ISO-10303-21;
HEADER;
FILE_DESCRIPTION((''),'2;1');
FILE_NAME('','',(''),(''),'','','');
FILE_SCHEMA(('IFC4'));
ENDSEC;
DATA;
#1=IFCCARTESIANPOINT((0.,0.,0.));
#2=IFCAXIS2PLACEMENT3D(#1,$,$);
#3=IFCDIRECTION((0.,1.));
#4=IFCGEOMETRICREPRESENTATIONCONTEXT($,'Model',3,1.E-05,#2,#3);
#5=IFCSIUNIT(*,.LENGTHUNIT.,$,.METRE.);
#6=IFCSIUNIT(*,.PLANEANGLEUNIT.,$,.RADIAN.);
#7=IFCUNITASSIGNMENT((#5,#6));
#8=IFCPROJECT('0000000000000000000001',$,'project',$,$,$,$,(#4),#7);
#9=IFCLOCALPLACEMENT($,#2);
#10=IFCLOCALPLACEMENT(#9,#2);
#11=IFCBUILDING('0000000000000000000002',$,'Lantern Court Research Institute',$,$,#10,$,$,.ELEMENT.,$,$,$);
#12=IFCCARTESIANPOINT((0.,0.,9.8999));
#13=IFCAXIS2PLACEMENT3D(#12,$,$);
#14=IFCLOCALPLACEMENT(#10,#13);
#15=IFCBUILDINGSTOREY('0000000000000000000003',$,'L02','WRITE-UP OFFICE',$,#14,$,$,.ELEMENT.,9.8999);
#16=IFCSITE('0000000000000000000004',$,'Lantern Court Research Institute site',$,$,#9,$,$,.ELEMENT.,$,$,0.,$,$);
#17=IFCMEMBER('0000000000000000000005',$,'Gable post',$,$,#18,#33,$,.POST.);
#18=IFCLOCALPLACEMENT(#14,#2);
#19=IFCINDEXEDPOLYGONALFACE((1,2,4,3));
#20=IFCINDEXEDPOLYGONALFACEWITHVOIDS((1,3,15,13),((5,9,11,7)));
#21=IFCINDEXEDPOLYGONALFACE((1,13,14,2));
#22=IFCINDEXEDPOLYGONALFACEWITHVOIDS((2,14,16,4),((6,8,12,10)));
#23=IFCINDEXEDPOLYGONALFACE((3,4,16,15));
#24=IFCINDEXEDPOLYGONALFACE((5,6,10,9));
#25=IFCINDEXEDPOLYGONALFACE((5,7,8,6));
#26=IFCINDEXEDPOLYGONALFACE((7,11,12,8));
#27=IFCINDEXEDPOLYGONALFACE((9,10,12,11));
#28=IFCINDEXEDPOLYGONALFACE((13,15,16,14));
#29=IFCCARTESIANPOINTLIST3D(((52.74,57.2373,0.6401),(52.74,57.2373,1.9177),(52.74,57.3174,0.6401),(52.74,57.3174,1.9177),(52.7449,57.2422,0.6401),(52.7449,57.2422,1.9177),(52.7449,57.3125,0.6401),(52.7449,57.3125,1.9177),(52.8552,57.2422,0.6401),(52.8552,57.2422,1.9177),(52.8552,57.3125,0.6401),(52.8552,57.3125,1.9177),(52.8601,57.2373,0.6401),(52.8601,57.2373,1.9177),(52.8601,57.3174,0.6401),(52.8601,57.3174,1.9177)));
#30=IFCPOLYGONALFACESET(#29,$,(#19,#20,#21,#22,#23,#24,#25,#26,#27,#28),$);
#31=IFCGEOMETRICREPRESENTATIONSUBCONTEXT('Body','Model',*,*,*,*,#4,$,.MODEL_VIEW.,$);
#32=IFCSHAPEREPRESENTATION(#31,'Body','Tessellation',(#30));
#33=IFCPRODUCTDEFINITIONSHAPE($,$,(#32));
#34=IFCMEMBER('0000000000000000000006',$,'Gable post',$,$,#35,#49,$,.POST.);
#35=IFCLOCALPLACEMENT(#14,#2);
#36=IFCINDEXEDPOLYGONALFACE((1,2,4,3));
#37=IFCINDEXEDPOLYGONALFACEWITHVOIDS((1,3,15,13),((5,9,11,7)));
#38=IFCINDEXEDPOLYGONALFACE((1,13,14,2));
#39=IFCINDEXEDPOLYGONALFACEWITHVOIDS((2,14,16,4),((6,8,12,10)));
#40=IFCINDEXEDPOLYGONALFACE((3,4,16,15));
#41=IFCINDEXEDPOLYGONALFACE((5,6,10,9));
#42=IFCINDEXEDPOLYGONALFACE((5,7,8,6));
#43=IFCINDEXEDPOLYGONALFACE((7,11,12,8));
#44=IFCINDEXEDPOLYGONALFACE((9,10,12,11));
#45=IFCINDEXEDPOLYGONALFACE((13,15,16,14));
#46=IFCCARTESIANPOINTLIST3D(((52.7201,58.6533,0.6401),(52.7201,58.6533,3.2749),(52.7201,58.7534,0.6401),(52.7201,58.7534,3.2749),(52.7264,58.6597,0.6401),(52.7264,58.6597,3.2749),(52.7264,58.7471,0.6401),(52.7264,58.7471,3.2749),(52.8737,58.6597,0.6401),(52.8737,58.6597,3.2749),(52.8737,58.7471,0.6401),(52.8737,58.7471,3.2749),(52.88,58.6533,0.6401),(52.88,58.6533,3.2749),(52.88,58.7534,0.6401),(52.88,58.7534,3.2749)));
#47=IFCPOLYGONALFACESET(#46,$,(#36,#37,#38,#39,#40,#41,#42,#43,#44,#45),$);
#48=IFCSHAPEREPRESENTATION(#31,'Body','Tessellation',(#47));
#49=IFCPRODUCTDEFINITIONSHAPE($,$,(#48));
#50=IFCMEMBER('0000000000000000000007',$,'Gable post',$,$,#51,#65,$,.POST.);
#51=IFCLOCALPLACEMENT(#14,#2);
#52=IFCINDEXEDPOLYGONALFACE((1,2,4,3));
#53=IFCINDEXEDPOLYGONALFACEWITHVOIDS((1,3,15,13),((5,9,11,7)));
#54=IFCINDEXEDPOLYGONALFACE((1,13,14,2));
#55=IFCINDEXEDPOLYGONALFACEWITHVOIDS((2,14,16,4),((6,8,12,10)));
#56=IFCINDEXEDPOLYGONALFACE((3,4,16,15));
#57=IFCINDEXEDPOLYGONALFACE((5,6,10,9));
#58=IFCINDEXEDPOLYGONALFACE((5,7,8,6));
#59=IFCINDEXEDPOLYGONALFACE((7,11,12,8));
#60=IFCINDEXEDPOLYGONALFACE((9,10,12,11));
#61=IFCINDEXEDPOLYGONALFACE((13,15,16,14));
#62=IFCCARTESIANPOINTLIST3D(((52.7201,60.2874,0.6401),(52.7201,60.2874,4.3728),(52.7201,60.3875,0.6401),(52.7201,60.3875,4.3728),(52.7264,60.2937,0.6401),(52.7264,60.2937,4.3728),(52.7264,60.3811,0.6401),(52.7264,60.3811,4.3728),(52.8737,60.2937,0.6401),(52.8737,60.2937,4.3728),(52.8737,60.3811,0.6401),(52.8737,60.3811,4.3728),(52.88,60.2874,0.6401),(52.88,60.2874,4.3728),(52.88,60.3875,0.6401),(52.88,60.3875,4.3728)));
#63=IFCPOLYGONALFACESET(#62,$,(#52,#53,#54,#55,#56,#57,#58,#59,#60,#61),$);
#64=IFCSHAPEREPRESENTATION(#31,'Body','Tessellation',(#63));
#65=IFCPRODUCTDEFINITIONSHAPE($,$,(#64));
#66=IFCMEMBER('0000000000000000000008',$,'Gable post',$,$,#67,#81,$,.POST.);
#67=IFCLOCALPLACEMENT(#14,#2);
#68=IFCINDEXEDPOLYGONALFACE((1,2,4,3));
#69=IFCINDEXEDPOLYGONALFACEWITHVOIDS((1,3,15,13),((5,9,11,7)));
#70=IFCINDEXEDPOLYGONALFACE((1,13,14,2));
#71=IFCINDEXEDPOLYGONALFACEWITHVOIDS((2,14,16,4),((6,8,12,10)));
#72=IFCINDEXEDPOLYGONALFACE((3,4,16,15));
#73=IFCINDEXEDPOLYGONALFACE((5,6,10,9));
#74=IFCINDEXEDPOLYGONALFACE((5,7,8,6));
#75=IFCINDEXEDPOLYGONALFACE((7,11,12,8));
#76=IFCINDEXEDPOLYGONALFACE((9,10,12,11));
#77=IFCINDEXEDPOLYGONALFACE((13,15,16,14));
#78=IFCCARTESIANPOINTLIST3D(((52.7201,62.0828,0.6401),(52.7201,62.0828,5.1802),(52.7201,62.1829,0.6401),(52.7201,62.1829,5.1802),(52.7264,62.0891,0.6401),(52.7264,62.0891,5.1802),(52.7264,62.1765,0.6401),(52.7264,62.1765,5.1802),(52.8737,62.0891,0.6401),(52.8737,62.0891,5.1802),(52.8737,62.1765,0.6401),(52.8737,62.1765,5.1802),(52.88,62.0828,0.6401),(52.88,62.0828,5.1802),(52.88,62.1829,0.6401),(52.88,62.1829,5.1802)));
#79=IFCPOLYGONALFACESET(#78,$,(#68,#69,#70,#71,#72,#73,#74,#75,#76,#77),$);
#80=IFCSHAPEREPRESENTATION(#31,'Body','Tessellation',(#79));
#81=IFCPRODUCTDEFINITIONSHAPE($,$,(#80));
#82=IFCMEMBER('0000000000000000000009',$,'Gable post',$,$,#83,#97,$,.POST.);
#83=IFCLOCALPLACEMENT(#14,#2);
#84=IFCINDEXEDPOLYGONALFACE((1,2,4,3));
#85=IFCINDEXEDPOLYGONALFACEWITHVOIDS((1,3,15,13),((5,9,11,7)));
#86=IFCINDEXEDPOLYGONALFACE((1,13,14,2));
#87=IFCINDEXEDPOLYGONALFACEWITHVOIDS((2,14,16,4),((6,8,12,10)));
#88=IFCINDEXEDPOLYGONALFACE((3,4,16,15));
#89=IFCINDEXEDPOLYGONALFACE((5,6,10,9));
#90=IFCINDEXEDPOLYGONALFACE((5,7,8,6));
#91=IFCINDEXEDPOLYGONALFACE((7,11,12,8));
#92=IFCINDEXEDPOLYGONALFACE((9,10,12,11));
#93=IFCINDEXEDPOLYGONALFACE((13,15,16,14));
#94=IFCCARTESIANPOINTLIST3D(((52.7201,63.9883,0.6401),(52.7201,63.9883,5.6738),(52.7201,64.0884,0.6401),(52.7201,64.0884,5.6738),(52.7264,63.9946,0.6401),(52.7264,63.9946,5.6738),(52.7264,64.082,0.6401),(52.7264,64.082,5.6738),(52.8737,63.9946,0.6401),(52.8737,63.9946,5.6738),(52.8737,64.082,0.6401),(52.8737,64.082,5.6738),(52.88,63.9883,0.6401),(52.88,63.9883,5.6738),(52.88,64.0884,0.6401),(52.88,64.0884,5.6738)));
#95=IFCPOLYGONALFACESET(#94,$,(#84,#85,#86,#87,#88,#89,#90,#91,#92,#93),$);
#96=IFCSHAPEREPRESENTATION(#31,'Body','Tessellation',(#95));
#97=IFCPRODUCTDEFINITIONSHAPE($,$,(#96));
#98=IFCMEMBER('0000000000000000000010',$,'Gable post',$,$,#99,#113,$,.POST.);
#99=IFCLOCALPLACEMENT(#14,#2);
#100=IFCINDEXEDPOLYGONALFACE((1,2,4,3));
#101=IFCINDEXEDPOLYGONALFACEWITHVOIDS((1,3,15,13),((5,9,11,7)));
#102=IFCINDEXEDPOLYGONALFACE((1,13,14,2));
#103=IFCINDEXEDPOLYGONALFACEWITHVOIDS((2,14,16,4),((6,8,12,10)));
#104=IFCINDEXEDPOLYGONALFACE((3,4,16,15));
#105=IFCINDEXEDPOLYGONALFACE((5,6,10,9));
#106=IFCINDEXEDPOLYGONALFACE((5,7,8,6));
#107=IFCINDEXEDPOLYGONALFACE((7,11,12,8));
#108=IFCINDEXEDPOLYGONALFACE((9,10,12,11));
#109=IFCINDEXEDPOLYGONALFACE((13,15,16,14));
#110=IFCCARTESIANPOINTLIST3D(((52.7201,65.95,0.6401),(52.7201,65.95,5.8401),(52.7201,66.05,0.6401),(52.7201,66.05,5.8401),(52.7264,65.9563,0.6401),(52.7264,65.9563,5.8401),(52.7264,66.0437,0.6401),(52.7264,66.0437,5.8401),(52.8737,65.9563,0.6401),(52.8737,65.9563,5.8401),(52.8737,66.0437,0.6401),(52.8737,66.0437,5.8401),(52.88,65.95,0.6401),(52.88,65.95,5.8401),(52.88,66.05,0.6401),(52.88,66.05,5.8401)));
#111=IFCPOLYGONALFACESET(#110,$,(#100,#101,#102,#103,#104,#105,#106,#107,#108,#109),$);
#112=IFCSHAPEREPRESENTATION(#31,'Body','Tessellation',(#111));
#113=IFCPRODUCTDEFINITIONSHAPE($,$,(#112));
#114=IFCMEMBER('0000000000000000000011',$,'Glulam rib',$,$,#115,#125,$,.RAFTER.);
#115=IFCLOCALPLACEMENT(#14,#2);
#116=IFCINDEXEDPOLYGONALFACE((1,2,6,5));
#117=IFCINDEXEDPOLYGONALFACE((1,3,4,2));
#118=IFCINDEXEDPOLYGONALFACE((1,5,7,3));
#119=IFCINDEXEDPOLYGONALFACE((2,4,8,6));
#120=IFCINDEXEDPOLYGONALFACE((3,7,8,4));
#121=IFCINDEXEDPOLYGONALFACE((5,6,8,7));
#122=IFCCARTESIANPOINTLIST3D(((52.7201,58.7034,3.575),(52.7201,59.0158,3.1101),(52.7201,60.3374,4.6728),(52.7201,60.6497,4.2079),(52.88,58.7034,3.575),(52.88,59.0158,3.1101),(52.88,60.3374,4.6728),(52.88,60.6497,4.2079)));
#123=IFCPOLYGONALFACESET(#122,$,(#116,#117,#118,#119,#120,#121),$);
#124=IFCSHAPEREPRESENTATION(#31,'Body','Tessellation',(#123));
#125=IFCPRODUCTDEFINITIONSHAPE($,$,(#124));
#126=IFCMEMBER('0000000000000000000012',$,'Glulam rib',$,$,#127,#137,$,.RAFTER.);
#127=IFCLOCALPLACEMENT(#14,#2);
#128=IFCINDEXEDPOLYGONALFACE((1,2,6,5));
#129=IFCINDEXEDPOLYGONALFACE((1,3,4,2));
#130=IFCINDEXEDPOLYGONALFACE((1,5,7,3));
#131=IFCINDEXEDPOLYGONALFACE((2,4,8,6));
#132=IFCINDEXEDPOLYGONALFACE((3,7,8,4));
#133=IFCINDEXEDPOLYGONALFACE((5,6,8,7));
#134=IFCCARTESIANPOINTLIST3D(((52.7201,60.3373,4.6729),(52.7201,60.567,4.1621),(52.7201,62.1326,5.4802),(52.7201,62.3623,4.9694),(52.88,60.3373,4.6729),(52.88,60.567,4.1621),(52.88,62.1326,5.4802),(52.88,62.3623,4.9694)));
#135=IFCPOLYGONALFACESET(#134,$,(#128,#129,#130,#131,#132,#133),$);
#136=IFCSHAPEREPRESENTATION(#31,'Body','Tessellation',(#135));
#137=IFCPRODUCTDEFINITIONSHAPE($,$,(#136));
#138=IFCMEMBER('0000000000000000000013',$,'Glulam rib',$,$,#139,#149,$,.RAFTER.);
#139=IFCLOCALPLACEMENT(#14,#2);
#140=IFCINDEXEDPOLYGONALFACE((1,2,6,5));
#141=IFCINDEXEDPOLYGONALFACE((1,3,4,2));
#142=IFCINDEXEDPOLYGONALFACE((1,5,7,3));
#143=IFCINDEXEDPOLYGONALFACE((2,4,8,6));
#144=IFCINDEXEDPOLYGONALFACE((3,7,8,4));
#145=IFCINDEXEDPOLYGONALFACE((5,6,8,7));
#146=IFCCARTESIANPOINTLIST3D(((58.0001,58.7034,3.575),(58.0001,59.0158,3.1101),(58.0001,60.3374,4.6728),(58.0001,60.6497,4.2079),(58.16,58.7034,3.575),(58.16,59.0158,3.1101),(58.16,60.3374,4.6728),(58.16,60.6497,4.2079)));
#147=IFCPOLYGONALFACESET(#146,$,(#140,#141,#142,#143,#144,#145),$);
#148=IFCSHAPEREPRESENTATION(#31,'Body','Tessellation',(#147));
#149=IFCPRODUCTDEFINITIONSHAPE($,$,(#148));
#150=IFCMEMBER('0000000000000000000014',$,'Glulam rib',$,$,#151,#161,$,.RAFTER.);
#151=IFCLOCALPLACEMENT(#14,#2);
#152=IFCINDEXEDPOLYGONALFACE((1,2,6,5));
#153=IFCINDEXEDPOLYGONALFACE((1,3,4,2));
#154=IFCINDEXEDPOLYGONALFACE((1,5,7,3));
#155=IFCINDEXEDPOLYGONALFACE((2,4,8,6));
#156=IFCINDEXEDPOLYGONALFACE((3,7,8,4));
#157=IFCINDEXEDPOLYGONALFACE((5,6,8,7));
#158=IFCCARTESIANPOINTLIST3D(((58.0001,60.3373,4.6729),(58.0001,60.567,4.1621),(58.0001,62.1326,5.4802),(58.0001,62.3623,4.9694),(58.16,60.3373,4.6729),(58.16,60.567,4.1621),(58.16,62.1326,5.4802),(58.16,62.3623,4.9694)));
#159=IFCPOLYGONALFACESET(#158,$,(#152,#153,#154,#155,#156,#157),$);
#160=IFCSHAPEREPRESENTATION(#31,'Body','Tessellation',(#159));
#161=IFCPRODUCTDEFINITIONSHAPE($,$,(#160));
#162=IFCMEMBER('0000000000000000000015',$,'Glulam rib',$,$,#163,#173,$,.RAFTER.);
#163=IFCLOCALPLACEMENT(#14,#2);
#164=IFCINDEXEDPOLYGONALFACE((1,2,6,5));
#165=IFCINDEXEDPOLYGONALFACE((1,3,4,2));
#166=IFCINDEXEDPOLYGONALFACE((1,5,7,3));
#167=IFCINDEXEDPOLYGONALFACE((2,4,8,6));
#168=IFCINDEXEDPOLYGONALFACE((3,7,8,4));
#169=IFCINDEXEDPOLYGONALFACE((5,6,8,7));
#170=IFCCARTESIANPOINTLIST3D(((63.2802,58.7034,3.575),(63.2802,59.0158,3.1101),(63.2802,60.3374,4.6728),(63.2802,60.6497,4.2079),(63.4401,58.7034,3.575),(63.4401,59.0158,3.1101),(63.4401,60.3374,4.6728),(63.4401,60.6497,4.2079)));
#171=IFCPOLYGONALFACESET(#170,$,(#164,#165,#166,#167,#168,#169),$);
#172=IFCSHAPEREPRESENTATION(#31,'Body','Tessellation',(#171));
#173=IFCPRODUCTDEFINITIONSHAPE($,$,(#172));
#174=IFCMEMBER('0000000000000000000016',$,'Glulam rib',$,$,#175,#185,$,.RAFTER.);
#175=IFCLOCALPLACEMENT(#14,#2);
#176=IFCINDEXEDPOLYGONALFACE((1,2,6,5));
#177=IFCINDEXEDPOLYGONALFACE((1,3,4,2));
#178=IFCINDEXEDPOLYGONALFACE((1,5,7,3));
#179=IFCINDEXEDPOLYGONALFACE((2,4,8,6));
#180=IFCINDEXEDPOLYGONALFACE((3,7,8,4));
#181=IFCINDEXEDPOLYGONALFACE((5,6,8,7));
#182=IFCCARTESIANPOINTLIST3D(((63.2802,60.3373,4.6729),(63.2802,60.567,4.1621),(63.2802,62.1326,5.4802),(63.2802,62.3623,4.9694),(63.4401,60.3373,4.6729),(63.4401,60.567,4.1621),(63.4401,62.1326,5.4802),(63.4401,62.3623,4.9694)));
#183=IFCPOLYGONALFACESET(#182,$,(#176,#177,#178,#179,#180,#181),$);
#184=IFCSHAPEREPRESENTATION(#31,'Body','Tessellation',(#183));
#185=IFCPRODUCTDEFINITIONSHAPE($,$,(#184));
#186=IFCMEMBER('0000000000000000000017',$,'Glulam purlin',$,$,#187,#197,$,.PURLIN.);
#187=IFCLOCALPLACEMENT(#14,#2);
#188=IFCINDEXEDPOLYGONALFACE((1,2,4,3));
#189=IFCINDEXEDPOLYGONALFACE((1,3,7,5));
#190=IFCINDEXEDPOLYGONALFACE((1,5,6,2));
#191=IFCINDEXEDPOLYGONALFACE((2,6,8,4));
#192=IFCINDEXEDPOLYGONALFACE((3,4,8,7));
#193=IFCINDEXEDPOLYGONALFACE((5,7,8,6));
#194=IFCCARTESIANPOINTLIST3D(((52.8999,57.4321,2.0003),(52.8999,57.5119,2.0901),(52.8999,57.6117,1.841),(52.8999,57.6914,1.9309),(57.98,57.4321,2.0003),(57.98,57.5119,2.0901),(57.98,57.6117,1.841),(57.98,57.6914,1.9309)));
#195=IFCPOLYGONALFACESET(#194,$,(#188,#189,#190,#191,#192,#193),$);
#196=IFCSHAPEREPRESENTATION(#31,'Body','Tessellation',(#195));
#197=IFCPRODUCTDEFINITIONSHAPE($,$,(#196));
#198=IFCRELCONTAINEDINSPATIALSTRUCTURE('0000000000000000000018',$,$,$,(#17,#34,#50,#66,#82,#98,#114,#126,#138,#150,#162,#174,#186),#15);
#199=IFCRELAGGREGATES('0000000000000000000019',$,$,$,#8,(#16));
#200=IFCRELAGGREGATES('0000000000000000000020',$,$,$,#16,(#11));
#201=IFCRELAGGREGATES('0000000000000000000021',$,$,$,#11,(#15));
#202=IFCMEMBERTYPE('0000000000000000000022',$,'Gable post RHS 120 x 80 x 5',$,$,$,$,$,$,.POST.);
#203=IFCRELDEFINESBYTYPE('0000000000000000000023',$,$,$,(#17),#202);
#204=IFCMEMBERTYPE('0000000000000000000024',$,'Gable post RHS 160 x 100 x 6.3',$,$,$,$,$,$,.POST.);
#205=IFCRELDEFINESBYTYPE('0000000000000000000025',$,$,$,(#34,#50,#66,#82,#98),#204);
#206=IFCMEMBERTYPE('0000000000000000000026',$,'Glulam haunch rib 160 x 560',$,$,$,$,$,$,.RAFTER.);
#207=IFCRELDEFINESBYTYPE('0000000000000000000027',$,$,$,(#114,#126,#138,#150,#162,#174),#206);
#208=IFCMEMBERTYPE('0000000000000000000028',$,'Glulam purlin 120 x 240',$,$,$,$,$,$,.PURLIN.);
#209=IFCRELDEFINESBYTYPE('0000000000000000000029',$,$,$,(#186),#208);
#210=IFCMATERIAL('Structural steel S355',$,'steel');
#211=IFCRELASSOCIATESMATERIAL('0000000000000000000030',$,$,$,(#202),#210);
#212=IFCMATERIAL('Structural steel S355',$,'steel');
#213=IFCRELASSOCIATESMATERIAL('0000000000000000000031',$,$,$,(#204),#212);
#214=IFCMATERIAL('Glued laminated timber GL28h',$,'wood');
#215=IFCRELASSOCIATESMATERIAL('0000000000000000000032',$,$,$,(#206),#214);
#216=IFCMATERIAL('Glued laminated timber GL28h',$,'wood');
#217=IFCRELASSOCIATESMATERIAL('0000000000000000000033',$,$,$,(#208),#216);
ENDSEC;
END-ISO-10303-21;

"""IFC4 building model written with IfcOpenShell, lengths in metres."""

from ifc_helpers import new_model, si_unit, direction, frame, origin, origin_2d, place, context, subcontext, project, spatial, rectangle, hollow_rectangle, extrude, material, material_profile, profile_set, type_object, element, save


model = new_model("IFC4")

# Units and contexts
model_context = context("Model", 3, precision=1e-05, world=origin(), true_north=direction((0.0, 1.0)))
body_context = subcontext(model_context, "Body", "Model", "MODEL_VIEW")
ifc_project = project(units=[si_unit("LENGTHUNIT", "METRE"), si_unit("PLANEANGLEUNIT", "RADIAN")], contexts=[model_context])

# Site, building, storey
site_placement = place(None, origin())
site = spatial("IfcSite", under=ifc_project, at=site_placement, Name="Lantern Court Research Institute site", CompositionType="ELEMENT", RefElevation=0.0)
building_placement = place(site_placement, origin())
building = spatial("IfcBuilding", under=site, at=building_placement, Name="Lantern Court Research Institute", CompositionType="ELEMENT")
storey_placement = place(building_placement, frame((0.0, 0.0, 9.8999)))
storey = spatial("IfcBuildingStorey", under=building, at=storey_placement, Name="L02", Description="WRITE-UP OFFICE", CompositionType="ELEMENT", Elevation=9.8999)

# Members
ifc_material_1 = material(Name="Structural steel S355", Category="steel")
ifc_material_profile_1 = material_profile(ifc_material_1, hollow_rectangle(XDim=0.1201, YDim=0.0801, WallThickness=0.0049, at=origin_2d()), Name="Gable post RHS 120 x 80 x 5")
ifc_profile_set_1 = profile_set([ifc_material_profile_1], Name="Structural steel S355")
member_type_1 = type_object("IfcMemberType", Name="Gable post RHS 120 x 80 x 5", PredefinedType="POST", material=ifc_profile_set_1)
member_1_placement = place(storey_placement, frame((52.8, 57.2773, 0.6401), z_axis=(0.0, 0.0, 1.0), x_axis=(1.0, 0.0, 0.0)))
element("IfcMember", 1, at=member_1_placement, inside=storey, type_object=member_type_1, Name="Gable post", PredefinedType="POST", context=body_context, shape_type="SweptSolid", body=[
    extrude(hollow_rectangle(XDim=0.1201, YDim=0.0801, WallThickness=0.0049, at=origin_2d()), origin(), (0.0, 0.0, 1.0), 1.2776),
])
ifc_material_2 = material(Name="Structural steel S355", Category="steel")
ifc_material_profile_2 = material_profile(ifc_material_2, hollow_rectangle(XDim=0.1599, YDim=0.1001, WallThickness=0.0063, at=origin_2d()), Name="Gable post RHS 160 x 100 x 6.3")
ifc_profile_set_2 = profile_set([ifc_material_profile_2], Name="Structural steel S355")
member_type_2 = type_object("IfcMemberType", Name="Gable post RHS 160 x 100 x 6.3", PredefinedType="POST", material=ifc_profile_set_2)
member_2_placement = place(storey_placement, frame((52.8, 58.7034, 0.6401), z_axis=(0.0, 0.0, 1.0), x_axis=(1.0, 0.0, 0.0)))
element("IfcMember", 2, at=member_2_placement, inside=storey, type_object=member_type_2, Name="Gable post", PredefinedType="POST", context=body_context, shape_type="SweptSolid", body=[
    extrude(hollow_rectangle(XDim=0.1599, YDim=0.1001, WallThickness=0.0063, at=origin_2d()), origin(), (0.0, 0.0, 1.0), 2.6348),
])
member_3_placement = place(storey_placement, frame((52.8, 60.3374, 0.6401), z_axis=(0.0, 0.0, 1.0), x_axis=(1.0, 0.0, 0.0)))
element("IfcMember", 3, at=member_3_placement, inside=storey, type_object=member_type_2, Name="Gable post", PredefinedType="POST", context=body_context, shape_type="SweptSolid", body=[
    extrude(hollow_rectangle(XDim=0.1599, YDim=0.1001, WallThickness=0.0063, at=origin_2d()), origin(), (0.0, 0.0, 1.0), 3.7327),
])
member_4_placement = place(storey_placement, frame((52.8, 62.1328, 0.6401), z_axis=(0.0, 0.0, 1.0), x_axis=(1.0, 0.0, 0.0)))
element("IfcMember", 4, at=member_4_placement, inside=storey, type_object=member_type_2, Name="Gable post", PredefinedType="POST", context=body_context, shape_type="SweptSolid", body=[
    extrude(hollow_rectangle(XDim=0.1599, YDim=0.1001, WallThickness=0.0063, at=origin_2d()), origin(), (0.0, 0.0, 1.0), 4.54),
])
member_5_placement = place(storey_placement, frame((52.8, 64.0383, 0.6401), z_axis=(0.0, 0.0, 1.0), x_axis=(1.0, 0.0, 0.0)))
element("IfcMember", 5, at=member_5_placement, inside=storey, type_object=member_type_2, Name="Gable post", PredefinedType="POST", context=body_context, shape_type="SweptSolid", body=[
    extrude(hollow_rectangle(XDim=0.1599, YDim=0.1001, WallThickness=0.0063, at=origin_2d()), origin(), (0.0, 0.0, 1.0), 5.0337),
])
member_6_placement = place(storey_placement, frame((52.8, 66.0, 0.6401), z_axis=(0.0, 0.0, 1.0), x_axis=(1.0, 0.0, 0.0)))
element("IfcMember", 6, at=member_6_placement, inside=storey, type_object=member_type_2, Name="Gable post", PredefinedType="POST", context=body_context, shape_type="SweptSolid", body=[
    extrude(hollow_rectangle(XDim=0.1599, YDim=0.1001, WallThickness=0.0063, at=origin_2d()), origin(), (0.0, 0.0, 1.0), 5.2),
])
ifc_material_3 = material(Name="Glued laminated timber GL28h", Category="wood")
ifc_material_profile_3 = material_profile(ifc_material_3, rectangle(XDim=0.1599, YDim=0.5601, at=origin_2d()), Name="Glulam haunch rib 160 x 560")
ifc_profile_set_3 = profile_set([ifc_material_profile_3], Name="Glued laminated timber GL28h")
member_type_3 = type_object("IfcMemberType", Name="Glulam haunch rib 160 x 560", PredefinedType="RAFTER", material=ifc_profile_set_3)
for number, where, z_axis, x_axis, name in (
    (7, (52.8, 58.8596, 3.3425), (0.0, 0.830042, 0.557702), (-1.0, 0.0, 0.0), "Glulam rib"),
    (8, (52.8, 60.4521, 4.4175), (0.0, 0.912028, 0.410127), (-1.0, 0.0, 0.0), "Glulam rib"),
    (9, (58.0801, 58.8596, 3.3425), (0.0, 0.830042, 0.557702), (-1.0, 0.0, 0.0), "Glulam rib"),
    (10, (58.0801, 60.4521, 4.4175), (0.0, 0.912028, 0.410127), (-1.0, 0.0, 0.0), "Glulam rib"),
    (11, (63.3601, 58.8596, 3.3425), (0.0, 0.830042, 0.557702), (-1.0, 0.0, 0.0), "Glulam rib"),
    (12, (63.3601, 60.4521, 4.4175), (0.0, 0.912028, 0.410127), (-1.0, 0.0, 0.0), "Glulam rib"),
):
    element("IfcMember", number, at=place(storey_placement, frame(where, z_axis=z_axis, x_axis=x_axis)), inside=storey, type_object=member_type_3, Name=name, PredefinedType="RAFTER", context=body_context, shape_type="SweptSolid", body=[
        extrude(rectangle(XDim=0.1599, YDim=0.5601, at=origin_2d()), origin(), (0.0, 0.0, 1.0), 1.9685),
    ])
ifc_material_4 = material(Name="Glued laminated timber GL28h", Category="wood")
ifc_material_profile_4 = material_profile(ifc_material_4, rectangle(XDim=0.1201, YDim=0.24, at=origin_2d()), Name="Glulam purlin 120 x 240")
ifc_profile_set_4 = profile_set([ifc_material_profile_4], Name="Glued laminated timber GL28h")
member_type_4 = type_object("IfcMemberType", Name="Glulam purlin 120 x 240", PredefinedType="PURLIN", material=ifc_profile_set_4)
for number, where, z_axis, x_axis, name in (
    (13, (52.8999, 57.5618, 1.9656), (1.0, 0.0, 0.0), (0.0, 0.663608, 0.74808), "Glulam purlin"),
):
    element("IfcMember", number, at=place(storey_placement, frame(where, z_axis=z_axis, x_axis=x_axis)), inside=storey, type_object=member_type_4, Name=name, PredefinedType="PURLIN", context=body_context, shape_type="SweptSolid", body=[
        extrude(rectangle(XDim=0.1201, YDim=0.24, at=origin_2d()), origin(), (0.0, 0.0, 1.0), 5.0801),
    ])

save(model, "model.ifc")
